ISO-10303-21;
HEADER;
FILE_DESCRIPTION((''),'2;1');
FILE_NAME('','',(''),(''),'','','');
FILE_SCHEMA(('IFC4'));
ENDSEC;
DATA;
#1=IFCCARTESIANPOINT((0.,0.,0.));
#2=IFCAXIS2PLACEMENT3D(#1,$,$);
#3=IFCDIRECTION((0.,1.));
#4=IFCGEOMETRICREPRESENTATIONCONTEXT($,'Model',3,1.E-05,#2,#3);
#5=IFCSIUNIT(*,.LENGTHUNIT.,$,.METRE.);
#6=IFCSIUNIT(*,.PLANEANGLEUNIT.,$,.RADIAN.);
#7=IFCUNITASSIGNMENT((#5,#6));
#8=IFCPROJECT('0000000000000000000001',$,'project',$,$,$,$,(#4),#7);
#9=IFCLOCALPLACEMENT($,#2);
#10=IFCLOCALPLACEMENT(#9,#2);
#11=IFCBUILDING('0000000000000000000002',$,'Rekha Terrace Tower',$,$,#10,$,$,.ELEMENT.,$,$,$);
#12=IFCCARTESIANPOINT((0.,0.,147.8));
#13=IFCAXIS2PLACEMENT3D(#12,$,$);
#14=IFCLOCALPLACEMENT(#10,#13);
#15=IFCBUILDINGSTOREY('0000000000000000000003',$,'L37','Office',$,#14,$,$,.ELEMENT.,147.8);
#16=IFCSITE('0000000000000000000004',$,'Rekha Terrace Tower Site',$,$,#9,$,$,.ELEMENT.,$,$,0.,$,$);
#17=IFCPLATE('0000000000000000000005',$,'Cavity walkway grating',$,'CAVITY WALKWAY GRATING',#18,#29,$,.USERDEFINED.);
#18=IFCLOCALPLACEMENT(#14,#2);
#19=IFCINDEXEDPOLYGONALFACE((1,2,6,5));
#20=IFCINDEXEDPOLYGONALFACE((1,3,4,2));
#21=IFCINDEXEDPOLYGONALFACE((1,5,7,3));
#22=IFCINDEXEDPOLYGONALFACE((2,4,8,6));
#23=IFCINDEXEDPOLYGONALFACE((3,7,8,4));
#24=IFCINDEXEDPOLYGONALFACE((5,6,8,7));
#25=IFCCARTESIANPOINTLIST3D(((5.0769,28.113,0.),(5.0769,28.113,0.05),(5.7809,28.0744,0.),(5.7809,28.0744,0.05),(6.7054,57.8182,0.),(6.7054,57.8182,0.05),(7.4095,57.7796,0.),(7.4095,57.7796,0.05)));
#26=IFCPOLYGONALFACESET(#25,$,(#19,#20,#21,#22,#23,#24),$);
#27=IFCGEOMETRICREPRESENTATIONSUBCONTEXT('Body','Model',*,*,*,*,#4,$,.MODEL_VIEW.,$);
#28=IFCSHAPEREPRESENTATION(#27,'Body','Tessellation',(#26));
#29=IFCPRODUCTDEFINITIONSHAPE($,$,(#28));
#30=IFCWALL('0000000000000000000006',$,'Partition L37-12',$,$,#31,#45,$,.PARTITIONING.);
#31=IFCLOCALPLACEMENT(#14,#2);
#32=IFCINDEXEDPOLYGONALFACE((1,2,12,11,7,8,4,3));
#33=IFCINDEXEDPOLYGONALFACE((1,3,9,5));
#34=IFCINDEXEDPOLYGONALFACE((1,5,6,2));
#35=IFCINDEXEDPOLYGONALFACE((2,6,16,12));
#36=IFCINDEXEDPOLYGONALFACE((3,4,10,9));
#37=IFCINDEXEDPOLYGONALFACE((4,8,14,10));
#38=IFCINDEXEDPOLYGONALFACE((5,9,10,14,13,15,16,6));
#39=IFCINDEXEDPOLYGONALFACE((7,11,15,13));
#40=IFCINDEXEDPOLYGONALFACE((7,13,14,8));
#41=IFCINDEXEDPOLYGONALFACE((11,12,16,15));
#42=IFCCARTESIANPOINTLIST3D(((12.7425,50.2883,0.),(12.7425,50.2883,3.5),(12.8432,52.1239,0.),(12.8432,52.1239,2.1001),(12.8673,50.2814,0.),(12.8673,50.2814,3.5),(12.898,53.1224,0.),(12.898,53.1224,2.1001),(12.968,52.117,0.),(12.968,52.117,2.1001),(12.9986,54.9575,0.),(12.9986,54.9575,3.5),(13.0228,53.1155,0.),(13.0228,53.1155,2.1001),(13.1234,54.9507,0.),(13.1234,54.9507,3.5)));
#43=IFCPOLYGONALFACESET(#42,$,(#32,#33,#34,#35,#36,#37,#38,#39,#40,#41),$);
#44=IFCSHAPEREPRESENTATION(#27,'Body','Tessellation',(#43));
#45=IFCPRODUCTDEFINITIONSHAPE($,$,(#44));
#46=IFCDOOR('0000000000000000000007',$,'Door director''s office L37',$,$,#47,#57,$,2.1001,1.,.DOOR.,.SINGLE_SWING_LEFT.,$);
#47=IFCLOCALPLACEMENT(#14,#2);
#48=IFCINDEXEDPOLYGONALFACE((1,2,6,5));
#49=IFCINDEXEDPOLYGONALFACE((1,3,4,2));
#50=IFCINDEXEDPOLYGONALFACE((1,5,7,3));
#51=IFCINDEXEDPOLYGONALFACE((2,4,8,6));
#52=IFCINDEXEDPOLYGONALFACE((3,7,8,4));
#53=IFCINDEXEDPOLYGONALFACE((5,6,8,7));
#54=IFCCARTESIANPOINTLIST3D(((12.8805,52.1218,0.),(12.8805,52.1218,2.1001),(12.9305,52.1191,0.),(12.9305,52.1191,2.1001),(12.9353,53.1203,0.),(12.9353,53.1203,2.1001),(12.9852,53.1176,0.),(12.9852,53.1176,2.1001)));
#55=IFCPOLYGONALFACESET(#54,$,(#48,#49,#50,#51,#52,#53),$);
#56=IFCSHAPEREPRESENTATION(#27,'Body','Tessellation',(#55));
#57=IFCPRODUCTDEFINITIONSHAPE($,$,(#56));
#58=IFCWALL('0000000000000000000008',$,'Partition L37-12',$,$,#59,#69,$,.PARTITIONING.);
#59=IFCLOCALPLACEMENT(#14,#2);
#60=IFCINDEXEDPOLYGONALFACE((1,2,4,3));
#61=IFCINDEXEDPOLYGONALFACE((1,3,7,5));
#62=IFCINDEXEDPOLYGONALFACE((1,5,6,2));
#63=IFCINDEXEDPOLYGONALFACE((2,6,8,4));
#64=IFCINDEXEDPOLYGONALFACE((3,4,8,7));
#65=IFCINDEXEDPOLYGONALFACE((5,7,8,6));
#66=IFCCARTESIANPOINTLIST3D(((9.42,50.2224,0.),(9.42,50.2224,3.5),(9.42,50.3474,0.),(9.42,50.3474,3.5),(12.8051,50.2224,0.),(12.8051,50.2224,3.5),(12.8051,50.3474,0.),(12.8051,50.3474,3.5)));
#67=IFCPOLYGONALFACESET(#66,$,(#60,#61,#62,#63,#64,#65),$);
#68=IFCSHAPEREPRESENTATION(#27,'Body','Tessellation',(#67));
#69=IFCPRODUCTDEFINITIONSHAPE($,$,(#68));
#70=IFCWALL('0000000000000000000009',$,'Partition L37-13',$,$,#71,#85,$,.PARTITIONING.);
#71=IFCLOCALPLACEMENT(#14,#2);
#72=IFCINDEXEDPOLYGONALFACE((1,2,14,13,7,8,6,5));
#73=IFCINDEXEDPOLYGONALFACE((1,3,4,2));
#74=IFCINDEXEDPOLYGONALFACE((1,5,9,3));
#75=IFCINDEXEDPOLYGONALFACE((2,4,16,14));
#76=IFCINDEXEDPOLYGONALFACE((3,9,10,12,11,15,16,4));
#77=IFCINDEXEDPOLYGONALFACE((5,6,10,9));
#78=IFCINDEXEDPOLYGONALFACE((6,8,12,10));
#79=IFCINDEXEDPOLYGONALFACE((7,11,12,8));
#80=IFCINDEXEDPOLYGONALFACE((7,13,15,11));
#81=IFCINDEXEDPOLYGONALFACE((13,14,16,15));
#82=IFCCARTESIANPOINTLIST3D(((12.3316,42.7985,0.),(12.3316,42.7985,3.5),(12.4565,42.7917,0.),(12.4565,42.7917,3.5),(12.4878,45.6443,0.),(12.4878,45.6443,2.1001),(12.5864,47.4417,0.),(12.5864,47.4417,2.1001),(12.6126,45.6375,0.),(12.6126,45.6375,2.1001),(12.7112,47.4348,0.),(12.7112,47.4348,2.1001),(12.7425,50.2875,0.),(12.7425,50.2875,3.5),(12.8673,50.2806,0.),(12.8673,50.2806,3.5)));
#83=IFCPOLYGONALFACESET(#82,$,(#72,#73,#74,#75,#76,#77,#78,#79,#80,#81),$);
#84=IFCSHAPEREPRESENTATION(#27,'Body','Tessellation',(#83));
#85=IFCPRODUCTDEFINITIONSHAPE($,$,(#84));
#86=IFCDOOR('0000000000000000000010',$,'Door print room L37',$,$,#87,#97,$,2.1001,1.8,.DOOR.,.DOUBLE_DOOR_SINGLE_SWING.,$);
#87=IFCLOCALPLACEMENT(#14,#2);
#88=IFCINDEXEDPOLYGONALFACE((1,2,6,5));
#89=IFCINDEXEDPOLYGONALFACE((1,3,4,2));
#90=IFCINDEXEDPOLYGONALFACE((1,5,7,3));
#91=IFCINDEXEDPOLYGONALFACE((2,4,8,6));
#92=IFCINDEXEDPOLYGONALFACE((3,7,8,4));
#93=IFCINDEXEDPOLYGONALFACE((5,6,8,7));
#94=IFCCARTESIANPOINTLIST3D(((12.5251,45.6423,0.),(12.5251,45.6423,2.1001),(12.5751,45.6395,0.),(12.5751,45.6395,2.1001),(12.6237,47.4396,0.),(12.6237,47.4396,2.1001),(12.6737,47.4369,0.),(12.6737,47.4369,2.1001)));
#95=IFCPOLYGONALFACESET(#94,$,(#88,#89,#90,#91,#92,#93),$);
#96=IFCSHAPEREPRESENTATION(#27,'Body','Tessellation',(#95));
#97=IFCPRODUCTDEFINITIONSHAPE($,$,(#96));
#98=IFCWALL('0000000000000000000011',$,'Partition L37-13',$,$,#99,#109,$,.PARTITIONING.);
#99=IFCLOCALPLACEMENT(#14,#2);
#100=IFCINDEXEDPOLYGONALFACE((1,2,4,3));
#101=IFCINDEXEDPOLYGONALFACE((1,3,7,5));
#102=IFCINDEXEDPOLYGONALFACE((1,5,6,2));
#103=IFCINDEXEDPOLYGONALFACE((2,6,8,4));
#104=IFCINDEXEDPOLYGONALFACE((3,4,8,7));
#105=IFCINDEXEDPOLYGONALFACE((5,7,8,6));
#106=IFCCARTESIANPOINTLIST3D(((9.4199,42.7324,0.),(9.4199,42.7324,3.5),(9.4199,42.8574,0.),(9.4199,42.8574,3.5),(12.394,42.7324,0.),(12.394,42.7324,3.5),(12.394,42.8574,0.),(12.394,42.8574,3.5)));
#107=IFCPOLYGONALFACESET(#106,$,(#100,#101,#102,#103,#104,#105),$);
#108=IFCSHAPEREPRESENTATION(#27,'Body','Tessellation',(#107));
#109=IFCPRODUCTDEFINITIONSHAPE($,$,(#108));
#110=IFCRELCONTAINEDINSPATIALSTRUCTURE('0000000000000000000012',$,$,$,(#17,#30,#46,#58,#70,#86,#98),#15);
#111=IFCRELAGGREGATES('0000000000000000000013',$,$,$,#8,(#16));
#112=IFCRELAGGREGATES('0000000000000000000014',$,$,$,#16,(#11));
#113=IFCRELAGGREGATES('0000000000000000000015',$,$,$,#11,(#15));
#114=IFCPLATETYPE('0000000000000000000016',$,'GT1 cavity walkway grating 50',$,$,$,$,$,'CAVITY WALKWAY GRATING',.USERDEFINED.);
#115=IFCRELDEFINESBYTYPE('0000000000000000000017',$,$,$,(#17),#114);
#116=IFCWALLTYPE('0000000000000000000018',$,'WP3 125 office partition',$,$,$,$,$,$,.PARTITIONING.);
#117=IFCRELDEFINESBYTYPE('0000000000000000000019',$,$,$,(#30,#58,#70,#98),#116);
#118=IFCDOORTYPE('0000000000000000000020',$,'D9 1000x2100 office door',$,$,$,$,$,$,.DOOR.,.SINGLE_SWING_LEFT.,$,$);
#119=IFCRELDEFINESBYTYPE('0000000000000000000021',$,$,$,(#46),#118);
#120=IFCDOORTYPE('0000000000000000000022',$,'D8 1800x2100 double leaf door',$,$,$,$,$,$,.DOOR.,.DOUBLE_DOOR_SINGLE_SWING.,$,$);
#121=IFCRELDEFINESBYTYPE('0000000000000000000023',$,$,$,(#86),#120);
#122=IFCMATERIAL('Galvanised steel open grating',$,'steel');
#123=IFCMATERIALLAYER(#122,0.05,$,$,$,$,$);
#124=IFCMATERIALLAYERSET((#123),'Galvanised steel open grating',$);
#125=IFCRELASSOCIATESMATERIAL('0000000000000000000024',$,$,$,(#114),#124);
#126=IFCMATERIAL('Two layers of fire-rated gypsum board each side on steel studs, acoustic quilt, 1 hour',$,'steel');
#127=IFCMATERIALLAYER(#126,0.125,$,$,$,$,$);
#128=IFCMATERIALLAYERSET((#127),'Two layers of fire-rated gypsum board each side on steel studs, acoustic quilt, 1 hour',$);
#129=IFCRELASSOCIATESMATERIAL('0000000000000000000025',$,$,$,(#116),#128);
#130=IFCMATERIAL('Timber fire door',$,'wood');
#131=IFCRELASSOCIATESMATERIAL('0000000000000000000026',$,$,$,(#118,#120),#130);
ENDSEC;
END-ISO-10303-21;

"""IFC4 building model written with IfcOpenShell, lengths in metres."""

from ifc_helpers import new_model, si_unit, direction, frame, frame_2d, origin, origin_2d, place, context, subcontext, project, spatial, rectangle, extrude, material, layer, layer_set, type_object, element, fill, save


model = new_model("IFC4")

# Units and contexts
model_context = context("Model", 3, precision=1e-05, world=origin(), true_north=direction((0.0, 1.0)))
body_context = subcontext(model_context, "Body", "Model", "MODEL_VIEW")
ifc_project = project(units=[si_unit("LENGTHUNIT", "METRE"), si_unit("PLANEANGLEUNIT", "RADIAN")], contexts=[model_context])

# Site, building, storey
site_placement = place(None, origin())
site = spatial("IfcSite", under=ifc_project, at=site_placement, Name="Rekha Terrace Tower Site", CompositionType="ELEMENT", RefElevation=0.0)
building_placement = place(site_placement, origin())
building = spatial("IfcBuilding", under=site, at=building_placement, Name="Rekha Terrace Tower", CompositionType="ELEMENT")
storey_placement = place(building_placement, frame((0.0, 0.0, 147.8)))
storey = spatial("IfcBuildingStorey", under=building, at=storey_placement, Name="L37", Description="Office", CompositionType="ELEMENT", Elevation=147.8)

# Plate
ifc_material_1 = material(Name="Galvanised steel open grating", Category="steel")
ifc_layer_1 = layer(ifc_material_1, 0.05)
ifc_layer_set_1 = layer_set([ifc_layer_1], Name="Galvanised steel open grating")
plate_type_1 = type_object("IfcPlateType", Name="GT1 cavity walkway grating 50", ElementType="CAVITY WALKWAY GRATING", PredefinedType="USERDEFINED", material=ifc_layer_set_1)
plate_1_placement = place(storey_placement, frame((6.2432, 42.9463, 0.0), z_axis=(0.0, 0.0, 1.0), x_axis=(-0.054742, -0.998501, 0.0)))
element("IfcPlate", 1, at=plate_1_placement, inside=storey, type_object=plate_type_1, Name="Cavity walkway grating", ObjectType="CAVITY WALKWAY GRATING", PredefinedType="USERDEFINED", context=body_context, shape_type="SweptSolid", body=[
    extrude(rectangle(XDim=29.7498, YDim=0.7051, at=origin_2d()), origin(), (0.0, 0.0, 1.0), 0.05),
])

# Wall, opening, door
ifc_material_2 = material(Name="Two layers of fire-rated gypsum board each side on steel studs, acoustic quilt, 1 hour", Category="steel")
ifc_layer_2 = layer(ifc_material_2, 0.125)
ifc_layer_set_2 = layer_set([ifc_layer_2], Name="Two layers of fire-rated gypsum board each side on steel studs, acoustic quilt, 1 hour")
wall_type = type_object("IfcWallType", Name="WP3 125 office partition", PredefinedType="PARTITIONING", material=ifc_layer_set_2)
wall_1_placement = place(storey_placement, frame((13.061, 54.9541, 0.0), z_axis=(0.0, 0.0, 1.0), x_axis=(-0.054767, -0.998499, 0.0)))
wall_1 = element("IfcWall", 2, at=wall_1_placement, inside=storey, type_object=wall_type, Name="Partition L37-12", PredefinedType="PARTITIONING", context=body_context, shape_type="SweptSolid", body=[
    extrude(rectangle(XDim=4.6763, YDim=0.125, at=frame_2d((2.3381, 0.0))), origin(), (0.0, 0.0, 1.0), 3.5),
])
opening_1_placement = place(wall_1_placement, frame((1.8379, 0.0, 0.0)))
opening_1 = element("IfcOpeningElement", 3, at=opening_1_placement, cuts=wall_1, PredefinedType="OPENING", context=body_context, shape_type="SweptSolid", body=[
    extrude(rectangle(XDim=1.0, YDim=2.1001, at=frame_2d((0.5, 1.05))), frame((0.0, 0.0725, 0.0), z_axis=(0.0, -1.0, 0.0), x_axis=(1.0, 0.0, 0.0)), (0.0, 0.0, 1.0), 0.145),
])
ifc_material_3 = material(Name="Timber fire door", Category="wood")
door_type_1 = type_object("IfcDoorType", Name="D9 1000x2100 office door", OperationType="SINGLE_SWING_LEFT", PredefinedType="DOOR", material=ifc_material_3)
door_1_placement = place(opening_1_placement, origin())
door_1 = element("IfcDoor", 4, at=door_1_placement, inside=storey, type_object=door_type_1, Name="Door director's office L37", OperationType="SINGLE_SWING_LEFT", OverallHeight=2.1001, OverallWidth=1.0, PredefinedType="DOOR", context=body_context, shape_type="SweptSolid", body=[
    extrude(rectangle(XDim=1.0, YDim=2.1001, at=frame_2d((0.5, 1.05))), frame((0.0, 0.0249, 0.0), z_axis=(0.0, -1.0, 0.0), x_axis=(1.0, 0.0, 0.0)), (0.0, 0.0, 1.0), 0.05),
])
fill(opening_1, door_1)

# Wall
wall_2_placement = place(storey_placement, frame((12.8049, 50.2849, 0.0), z_axis=(0.0, 0.0, 1.0), x_axis=(-1.0, 0.0, 0.0)))
element("IfcWall", 5, at=wall_2_placement, inside=storey, type_object=wall_type, Name="Partition L37-12", PredefinedType="PARTITIONING", context=body_context, shape_type="SweptSolid", body=[
    extrude(rectangle(XDim=3.385, YDim=0.125, at=frame_2d((1.6924, 0.0))), origin(), (0.0, 0.0, 1.0), 3.5),
])

# Wall, opening, door
wall_3_placement = place(storey_placement, frame((12.8049, 50.2839, 0.0), z_axis=(0.0, 0.0, 1.0), x_axis=(-0.054783, -0.998498, 0.0)))
wall_3 = element("IfcWall", 6, at=wall_3_placement, inside=storey, type_object=wall_type, Name="Partition L37-13", PredefinedType="PARTITIONING", context=body_context, shape_type="SweptSolid", body=[
    extrude(rectangle(XDim=7.5002, YDim=0.125, at=frame_2d((3.75, 0.0))), origin(), (0.0, 0.0, 1.0), 3.5),
])
opening_2_placement = place(wall_3_placement, frame((2.8501, 0.0, 0.0)))
opening_2 = element("IfcOpeningElement", 7, at=opening_2_placement, cuts=wall_3, PredefinedType="OPENING", context=body_context, shape_type="SweptSolid", body=[
    extrude(rectangle(XDim=1.8, YDim=2.1001, at=frame_2d((0.8999, 1.05))), frame((0.0, 0.0725, 0.0), z_axis=(0.0, -1.0, 0.0), x_axis=(1.0, 0.0, 0.0)), (0.0, 0.0, 1.0), 0.145),
])
door_type_2 = type_object("IfcDoorType", Name="D8 1800x2100 double leaf door", OperationType="DOUBLE_DOOR_SINGLE_SWING", PredefinedType="DOOR", material=ifc_material_3)
door_2_placement = place(opening_2_placement, origin())
door_2 = element("IfcDoor", 8, at=door_2_placement, inside=storey, type_object=door_type_2, Name="Door print room L37", OperationType="DOUBLE_DOOR_SINGLE_SWING", OverallHeight=2.1001, OverallWidth=1.8, PredefinedType="DOOR", context=body_context, shape_type="SweptSolid", body=[
    extrude(rectangle(XDim=1.8, YDim=2.1001, at=frame_2d((0.8999, 1.05))), frame((0.0, 0.0249, 0.0), z_axis=(0.0, -1.0, 0.0), x_axis=(1.0, 0.0, 0.0)), (0.0, 0.0, 1.0), 0.05),
])
fill(opening_2, door_2)

# Wall
wall_4_placement = place(storey_placement, frame((12.394, 42.7949, 0.0), z_axis=(0.0, 0.0, 1.0), x_axis=(-1.0, 0.0, 0.0)))
element("IfcWall", 9, at=wall_4_placement, inside=storey, type_object=wall_type, Name="Partition L37-13", PredefinedType="PARTITIONING", context=body_context, shape_type="SweptSolid", body=[
    extrude(rectangle(XDim=2.9741, YDim=0.125, at=frame_2d((1.4871, 0.0))), origin(), (0.0, 0.0, 1.0), 3.5),
])

save(model, "model.ifc")
